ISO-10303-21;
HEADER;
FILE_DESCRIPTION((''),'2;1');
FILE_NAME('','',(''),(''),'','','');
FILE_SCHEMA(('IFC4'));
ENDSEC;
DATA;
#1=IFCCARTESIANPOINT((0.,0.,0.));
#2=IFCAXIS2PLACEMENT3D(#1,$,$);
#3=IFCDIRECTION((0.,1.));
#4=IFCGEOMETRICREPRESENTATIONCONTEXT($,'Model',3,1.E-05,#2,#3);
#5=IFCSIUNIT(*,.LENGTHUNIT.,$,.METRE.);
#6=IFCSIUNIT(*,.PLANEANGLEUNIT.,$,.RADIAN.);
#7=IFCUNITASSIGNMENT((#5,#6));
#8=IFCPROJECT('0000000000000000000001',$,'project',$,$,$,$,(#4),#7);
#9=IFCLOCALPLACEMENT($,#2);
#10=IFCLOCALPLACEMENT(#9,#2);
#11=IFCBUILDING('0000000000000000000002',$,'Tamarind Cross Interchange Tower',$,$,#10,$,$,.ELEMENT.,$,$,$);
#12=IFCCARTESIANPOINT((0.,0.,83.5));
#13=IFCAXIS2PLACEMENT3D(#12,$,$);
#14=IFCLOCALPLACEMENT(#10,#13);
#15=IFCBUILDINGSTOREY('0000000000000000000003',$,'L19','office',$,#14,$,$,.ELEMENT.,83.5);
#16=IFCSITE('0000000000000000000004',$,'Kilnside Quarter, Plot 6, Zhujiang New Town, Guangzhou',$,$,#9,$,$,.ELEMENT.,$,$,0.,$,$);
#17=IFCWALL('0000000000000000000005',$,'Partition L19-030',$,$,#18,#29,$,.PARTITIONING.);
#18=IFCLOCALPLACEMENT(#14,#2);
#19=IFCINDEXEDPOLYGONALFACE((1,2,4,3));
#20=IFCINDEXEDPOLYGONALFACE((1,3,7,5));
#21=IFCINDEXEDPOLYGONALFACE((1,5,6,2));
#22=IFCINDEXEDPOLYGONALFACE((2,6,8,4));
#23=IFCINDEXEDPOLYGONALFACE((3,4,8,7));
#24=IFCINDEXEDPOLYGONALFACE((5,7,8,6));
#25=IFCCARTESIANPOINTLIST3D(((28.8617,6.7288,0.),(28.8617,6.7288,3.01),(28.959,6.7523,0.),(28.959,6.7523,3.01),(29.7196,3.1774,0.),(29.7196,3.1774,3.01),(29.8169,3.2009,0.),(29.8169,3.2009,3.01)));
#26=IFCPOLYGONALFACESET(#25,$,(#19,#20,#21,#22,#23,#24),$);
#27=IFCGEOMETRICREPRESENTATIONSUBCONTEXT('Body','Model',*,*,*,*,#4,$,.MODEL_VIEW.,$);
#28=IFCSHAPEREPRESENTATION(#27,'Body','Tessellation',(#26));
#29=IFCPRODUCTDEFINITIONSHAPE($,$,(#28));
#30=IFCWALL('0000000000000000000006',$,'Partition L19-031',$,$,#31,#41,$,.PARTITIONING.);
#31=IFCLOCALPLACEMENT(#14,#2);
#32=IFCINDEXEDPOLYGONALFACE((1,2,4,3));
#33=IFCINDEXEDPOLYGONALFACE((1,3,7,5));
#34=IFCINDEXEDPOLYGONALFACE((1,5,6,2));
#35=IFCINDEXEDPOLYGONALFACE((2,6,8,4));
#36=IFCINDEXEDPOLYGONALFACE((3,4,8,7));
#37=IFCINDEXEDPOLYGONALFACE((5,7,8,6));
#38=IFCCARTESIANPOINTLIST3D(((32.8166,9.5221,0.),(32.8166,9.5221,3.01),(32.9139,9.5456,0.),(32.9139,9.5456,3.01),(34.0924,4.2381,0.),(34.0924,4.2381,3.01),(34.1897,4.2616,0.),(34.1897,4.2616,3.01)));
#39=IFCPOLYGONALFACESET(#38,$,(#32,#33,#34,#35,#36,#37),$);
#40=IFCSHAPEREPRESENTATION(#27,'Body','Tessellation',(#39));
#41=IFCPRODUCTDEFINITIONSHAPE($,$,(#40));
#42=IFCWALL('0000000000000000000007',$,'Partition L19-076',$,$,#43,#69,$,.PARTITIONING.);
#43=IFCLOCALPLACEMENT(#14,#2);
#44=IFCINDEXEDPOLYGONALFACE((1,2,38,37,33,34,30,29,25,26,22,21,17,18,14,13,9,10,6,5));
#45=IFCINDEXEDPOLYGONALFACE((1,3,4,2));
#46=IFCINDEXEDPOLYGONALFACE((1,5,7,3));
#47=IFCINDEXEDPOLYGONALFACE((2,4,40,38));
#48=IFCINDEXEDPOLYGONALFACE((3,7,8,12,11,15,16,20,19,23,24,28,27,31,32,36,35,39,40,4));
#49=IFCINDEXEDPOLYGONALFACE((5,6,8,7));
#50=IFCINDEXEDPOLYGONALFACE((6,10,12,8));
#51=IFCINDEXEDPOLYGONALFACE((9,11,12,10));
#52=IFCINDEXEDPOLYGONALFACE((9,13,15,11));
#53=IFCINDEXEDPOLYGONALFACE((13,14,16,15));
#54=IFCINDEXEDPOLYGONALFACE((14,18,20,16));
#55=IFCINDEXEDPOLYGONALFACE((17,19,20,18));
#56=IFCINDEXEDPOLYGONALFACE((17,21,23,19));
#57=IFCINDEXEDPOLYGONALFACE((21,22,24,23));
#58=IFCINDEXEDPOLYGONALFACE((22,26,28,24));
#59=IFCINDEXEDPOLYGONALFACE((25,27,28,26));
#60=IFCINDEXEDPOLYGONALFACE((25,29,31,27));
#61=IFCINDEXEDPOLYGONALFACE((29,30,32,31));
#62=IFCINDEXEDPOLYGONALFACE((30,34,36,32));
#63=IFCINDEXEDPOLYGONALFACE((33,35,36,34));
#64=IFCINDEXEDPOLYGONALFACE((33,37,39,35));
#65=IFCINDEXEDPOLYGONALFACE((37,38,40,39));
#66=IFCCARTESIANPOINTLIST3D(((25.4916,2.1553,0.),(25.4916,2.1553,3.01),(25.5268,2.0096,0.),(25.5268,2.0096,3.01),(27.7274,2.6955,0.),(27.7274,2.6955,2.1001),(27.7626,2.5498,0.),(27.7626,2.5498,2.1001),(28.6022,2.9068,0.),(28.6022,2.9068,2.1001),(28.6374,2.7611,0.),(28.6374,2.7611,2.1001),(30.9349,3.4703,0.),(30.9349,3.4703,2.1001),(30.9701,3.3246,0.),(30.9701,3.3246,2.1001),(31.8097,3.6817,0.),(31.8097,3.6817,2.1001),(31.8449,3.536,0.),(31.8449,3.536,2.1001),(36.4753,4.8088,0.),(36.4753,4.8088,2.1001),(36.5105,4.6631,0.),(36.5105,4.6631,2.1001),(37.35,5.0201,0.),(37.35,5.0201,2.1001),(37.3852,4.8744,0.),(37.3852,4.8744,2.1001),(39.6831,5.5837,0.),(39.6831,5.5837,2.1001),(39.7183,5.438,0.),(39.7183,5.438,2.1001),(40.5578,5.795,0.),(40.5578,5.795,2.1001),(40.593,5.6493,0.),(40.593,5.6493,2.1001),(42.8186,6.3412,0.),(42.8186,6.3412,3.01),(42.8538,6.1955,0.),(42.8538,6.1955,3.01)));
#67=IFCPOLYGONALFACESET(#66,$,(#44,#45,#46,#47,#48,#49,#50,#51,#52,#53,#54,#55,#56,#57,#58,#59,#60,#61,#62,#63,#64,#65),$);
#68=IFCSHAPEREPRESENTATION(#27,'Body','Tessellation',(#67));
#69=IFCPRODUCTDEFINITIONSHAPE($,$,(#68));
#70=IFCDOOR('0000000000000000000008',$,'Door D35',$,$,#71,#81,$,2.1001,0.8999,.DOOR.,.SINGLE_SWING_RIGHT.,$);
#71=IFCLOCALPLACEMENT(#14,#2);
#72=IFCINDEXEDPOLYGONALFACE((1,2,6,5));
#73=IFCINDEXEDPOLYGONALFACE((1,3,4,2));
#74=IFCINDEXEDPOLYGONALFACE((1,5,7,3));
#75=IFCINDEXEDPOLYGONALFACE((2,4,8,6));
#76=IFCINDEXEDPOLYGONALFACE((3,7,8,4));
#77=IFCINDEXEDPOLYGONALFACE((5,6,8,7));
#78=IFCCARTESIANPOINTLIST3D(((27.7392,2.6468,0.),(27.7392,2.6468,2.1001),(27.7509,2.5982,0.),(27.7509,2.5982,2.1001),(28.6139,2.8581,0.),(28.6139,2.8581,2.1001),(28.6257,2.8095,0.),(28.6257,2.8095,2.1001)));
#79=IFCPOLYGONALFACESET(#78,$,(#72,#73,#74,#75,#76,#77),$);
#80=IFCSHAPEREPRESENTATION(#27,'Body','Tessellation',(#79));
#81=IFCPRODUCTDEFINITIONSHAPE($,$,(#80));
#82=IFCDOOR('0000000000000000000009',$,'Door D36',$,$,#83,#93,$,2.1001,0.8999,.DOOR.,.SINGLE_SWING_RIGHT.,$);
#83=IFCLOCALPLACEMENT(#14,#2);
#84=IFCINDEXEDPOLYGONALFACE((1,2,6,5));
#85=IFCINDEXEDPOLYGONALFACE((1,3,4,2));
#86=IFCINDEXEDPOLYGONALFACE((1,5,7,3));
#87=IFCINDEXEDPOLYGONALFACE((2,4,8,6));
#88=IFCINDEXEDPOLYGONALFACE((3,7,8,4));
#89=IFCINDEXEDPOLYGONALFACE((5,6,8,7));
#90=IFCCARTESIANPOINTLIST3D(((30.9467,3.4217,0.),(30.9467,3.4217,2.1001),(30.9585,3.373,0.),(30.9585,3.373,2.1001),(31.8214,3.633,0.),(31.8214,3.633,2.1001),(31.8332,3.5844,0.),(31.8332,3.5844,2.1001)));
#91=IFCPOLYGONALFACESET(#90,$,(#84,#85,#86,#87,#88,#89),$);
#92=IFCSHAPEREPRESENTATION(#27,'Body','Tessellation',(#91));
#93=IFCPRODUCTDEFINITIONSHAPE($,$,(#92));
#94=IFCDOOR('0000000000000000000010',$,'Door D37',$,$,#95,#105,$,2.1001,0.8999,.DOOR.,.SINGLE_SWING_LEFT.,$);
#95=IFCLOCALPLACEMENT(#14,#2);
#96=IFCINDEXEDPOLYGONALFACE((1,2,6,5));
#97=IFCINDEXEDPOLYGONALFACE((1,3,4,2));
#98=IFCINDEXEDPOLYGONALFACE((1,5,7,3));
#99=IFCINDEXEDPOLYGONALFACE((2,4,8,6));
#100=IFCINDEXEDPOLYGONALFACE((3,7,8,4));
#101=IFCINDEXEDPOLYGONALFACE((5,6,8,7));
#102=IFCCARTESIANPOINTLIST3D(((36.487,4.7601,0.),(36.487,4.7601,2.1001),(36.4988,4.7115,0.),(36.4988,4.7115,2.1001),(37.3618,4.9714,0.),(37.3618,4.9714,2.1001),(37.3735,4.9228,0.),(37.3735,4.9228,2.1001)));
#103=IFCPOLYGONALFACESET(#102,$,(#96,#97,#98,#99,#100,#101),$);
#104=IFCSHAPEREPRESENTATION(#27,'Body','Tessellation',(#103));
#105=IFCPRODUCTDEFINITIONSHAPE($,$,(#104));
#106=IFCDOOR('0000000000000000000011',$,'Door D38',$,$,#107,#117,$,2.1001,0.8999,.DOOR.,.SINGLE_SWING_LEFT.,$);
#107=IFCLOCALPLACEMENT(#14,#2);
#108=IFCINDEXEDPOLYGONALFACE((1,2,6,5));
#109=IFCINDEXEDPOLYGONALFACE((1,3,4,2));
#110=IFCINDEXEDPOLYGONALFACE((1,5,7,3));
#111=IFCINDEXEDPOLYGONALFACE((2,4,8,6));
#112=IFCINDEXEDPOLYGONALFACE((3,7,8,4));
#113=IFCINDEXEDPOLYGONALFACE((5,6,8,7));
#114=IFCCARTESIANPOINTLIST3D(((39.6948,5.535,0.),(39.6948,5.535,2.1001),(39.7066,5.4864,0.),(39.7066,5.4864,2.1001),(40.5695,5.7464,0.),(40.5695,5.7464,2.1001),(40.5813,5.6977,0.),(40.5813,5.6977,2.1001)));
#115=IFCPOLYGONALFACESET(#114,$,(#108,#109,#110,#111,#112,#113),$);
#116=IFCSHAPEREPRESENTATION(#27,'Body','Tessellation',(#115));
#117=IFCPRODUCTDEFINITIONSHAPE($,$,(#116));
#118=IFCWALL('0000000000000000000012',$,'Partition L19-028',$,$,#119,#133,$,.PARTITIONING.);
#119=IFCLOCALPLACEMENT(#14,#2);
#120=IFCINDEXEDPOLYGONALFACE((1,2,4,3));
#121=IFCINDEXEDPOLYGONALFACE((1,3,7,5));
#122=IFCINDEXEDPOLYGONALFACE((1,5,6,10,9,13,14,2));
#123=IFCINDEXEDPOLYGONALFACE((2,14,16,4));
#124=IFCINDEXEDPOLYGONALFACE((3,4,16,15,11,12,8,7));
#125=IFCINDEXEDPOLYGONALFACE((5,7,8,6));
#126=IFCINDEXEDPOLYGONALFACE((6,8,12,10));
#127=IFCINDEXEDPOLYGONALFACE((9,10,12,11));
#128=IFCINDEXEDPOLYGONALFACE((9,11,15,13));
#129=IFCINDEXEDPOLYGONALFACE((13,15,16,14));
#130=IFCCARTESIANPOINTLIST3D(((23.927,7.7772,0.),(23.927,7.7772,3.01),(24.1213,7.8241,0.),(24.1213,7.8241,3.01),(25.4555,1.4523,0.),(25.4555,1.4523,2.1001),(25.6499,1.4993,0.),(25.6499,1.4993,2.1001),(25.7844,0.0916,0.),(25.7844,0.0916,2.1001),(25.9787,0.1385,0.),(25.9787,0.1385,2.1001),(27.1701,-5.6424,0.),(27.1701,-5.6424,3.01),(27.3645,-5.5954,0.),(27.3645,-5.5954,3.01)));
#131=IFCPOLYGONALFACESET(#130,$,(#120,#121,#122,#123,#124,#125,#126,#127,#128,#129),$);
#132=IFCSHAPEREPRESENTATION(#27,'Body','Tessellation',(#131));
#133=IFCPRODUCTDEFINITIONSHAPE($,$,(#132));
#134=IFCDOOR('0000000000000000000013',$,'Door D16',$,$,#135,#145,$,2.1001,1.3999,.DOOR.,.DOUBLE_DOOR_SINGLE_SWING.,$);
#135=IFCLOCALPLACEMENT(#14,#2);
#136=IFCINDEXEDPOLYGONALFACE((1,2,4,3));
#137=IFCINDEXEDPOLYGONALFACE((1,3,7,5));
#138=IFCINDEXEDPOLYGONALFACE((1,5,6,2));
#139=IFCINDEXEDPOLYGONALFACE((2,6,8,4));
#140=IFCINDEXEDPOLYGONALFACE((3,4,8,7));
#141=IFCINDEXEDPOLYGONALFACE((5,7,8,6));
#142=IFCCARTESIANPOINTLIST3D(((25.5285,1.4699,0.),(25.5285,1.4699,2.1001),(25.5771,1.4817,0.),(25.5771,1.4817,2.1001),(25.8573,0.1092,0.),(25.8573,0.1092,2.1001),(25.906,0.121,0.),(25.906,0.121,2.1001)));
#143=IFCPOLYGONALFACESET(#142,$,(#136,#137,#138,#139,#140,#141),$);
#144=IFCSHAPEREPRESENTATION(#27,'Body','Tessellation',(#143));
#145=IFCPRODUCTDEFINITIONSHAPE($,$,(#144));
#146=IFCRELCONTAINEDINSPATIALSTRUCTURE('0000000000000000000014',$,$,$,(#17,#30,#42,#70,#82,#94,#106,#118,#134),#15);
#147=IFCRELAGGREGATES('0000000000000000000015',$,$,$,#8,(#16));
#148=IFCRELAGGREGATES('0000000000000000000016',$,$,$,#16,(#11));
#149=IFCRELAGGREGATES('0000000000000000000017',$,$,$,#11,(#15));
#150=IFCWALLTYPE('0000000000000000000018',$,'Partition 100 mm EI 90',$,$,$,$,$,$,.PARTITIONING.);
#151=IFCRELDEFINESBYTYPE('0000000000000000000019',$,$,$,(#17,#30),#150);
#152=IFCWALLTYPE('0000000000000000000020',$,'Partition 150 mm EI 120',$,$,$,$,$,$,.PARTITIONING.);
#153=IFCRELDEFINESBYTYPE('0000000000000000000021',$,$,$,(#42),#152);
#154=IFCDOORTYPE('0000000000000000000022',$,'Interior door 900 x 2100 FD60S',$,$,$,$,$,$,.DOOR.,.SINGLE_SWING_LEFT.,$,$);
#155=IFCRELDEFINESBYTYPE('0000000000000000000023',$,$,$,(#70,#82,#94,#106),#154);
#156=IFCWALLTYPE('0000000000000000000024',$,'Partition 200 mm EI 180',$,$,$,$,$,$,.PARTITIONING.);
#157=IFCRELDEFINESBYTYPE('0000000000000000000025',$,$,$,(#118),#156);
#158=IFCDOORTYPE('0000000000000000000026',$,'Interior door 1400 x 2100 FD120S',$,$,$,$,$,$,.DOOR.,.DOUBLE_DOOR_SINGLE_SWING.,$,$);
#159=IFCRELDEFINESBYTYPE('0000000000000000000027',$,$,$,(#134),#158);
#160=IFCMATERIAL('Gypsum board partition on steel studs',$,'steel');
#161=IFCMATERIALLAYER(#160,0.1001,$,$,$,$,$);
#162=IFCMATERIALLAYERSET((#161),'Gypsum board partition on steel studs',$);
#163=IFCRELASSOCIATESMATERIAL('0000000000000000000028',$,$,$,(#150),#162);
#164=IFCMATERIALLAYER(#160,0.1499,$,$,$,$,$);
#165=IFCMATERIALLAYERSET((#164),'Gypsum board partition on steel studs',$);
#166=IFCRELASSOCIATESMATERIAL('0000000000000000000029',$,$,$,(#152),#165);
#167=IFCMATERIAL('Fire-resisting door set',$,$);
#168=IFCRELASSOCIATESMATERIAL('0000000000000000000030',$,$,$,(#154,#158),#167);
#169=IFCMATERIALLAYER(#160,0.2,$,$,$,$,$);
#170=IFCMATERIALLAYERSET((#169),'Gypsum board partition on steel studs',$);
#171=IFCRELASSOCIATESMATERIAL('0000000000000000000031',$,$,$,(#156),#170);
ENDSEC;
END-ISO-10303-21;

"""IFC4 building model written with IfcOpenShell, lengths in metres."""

from ifc_helpers import new_model, si_unit, direction, frame, frame_2d, origin, place, context, subcontext, project, spatial, rectangle, extrude, material, layer, layer_set, type_object, element, fill, save


model = new_model("IFC4")

# Units and contexts
model_context = context("Model", 3, precision=1e-05, world=origin(), true_north=direction((0.0, 1.0)))
body_context = subcontext(model_context, "Body", "Model", "MODEL_VIEW")
ifc_project = project(units=[si_unit("LENGTHUNIT", "METRE"), si_unit("PLANEANGLEUNIT", "RADIAN")], contexts=[model_context])

# Site, building, storey
site_placement = place(None, origin())
site = spatial("IfcSite", under=ifc_project, at=site_placement, Name="Kilnside Quarter, Plot 6, Zhujiang New Town, Guangzhou", CompositionType="ELEMENT", RefElevation=0.0)
building_placement = place(site_placement, origin())
building = spatial("IfcBuilding", under=site, at=building_placement, Name="Tamarind Cross Interchange Tower", CompositionType="ELEMENT")
storey_placement = place(building_placement, frame((0.0, 0.0, 83.5)))
storey = spatial("IfcBuildingStorey", under=building, at=storey_placement, Name="L19", Description="office", CompositionType="ELEMENT", Elevation=83.5)

# Walls
ifc_material_1 = material(Name="Gypsum board partition on steel studs", Category="steel")
ifc_layer_1 = layer(ifc_material_1, 0.1001)
ifc_layer_set_1 = layer_set([ifc_layer_1], Name="Gypsum board partition on steel studs")
wall_type_1 = type_object("IfcWallType", Name="Partition 100 mm EI 90", PredefinedType="PARTITIONING", material=ifc_layer_set_1)
wall_1_placement = place(storey_placement, frame((28.9104, 6.7405, 0.0), z_axis=(0.0, 0.0, 1.0), x_axis=(0.234808, -0.972042, 0.0)))
element("IfcWall", 1, at=wall_1_placement, inside=storey, type_object=wall_type_1, Name="Partition L19-030", PredefinedType="PARTITIONING", context=body_context, shape_type="SweptSolid", body=[
    extrude(rectangle(XDim=3.6536, YDim=0.1001, at=frame_2d((1.8267, 0.0))), origin(), (0.0, 0.0, 1.0), 3.01),
])
wall_2_placement = place(storey_placement, frame((32.8652, 9.5337, 0.0), z_axis=(0.0, 0.0, 1.0), x_axis=(0.234718, -0.972063, 0.0)))
element("IfcWall", 2, at=wall_2_placement, inside=storey, type_object=wall_type_1, Name="Partition L19-031", PredefinedType="PARTITIONING", context=body_context, shape_type="SweptSolid", body=[
    extrude(rectangle(XDim=5.4358, YDim=0.1001, at=frame_2d((2.7178, 0.0))), origin(), (0.0, 0.0, 1.0), 3.01),
])

# Wall, openings, doors
ifc_layer_2 = layer(ifc_material_1, 0.1499)
ifc_layer_set_2 = layer_set([ifc_layer_2], Name="Gypsum board partition on steel studs")
wall_type_2 = type_object("IfcWallType", Name="Partition 150 mm EI 120", PredefinedType="PARTITIONING", material=ifc_layer_set_2)
wall_3_placement = place(storey_placement, frame((25.5093, 2.0825, 0.0), z_axis=(0.0, 0.0, 1.0), x_axis=(0.972038, 0.234823, 0.0)))
wall_3 = element("IfcWall", 3, at=wall_3_placement, inside=storey, type_object=wall_type_2, Name="Partition L19-076", PredefinedType="PARTITIONING", context=body_context, shape_type="SweptSolid", body=[
    extrude(rectangle(XDim=17.8254, YDim=0.1499, at=frame_2d((8.9126, 0.0))), origin(), (0.0, 0.0, 1.0), 3.01),
])
opening_1_placement = place(wall_3_placement, frame((2.3, 0.0, 0.0)))
opening_1 = element("IfcOpeningElement", 4, at=opening_1_placement, cuts=wall_3, PredefinedType="OPENING", context=body_context, shape_type="SweptSolid", body=[
    extrude(rectangle(XDim=0.8999, YDim=2.1001, at=frame_2d((0.45, 1.05))), frame((0.0, 0.085, 0.0), z_axis=(0.0, -1.0, 0.0), x_axis=(1.0, 0.0, 0.0)), (0.0, 0.0, 1.0), 0.1699),
])
opening_2_placement = place(wall_3_placement, frame((5.5999, 0.0, 0.0)))
opening_2 = element("IfcOpeningElement", 5, at=opening_2_placement, cuts=wall_3, PredefinedType="OPENING", context=body_context, shape_type="SweptSolid", body=[
    extrude(rectangle(XDim=0.8999, YDim=2.1001, at=frame_2d((0.45, 1.05))), frame((0.0, 0.085, 0.0), z_axis=(0.0, -1.0, 0.0), x_axis=(1.0, 0.0, 0.0)), (0.0, 0.0, 1.0), 0.1699),
])
opening_3_placement = place(wall_3_placement, frame((11.2996, 0.0, 0.0)))
opening_3 = element("IfcOpeningElement", 6, at=opening_3_placement, cuts=wall_3, PredefinedType="OPENING", context=body_context, shape_type="SweptSolid", body=[
    extrude(rectangle(XDim=0.8999, YDim=2.1001, at=frame_2d((0.45, 1.05))), frame((0.0, 0.085, 0.0), z_axis=(0.0, -1.0, 0.0), x_axis=(1.0, 0.0, 0.0)), (0.0, 0.0, 1.0), 0.1699),
])
opening_4_placement = place(wall_3_placement, frame((14.5996, 0.0, 0.0)))
opening_4 = element("IfcOpeningElement", 7, at=opening_4_placement, cuts=wall_3, PredefinedType="OPENING", context=body_context, shape_type="SweptSolid", body=[
    extrude(rectangle(XDim=0.8999, YDim=2.1001, at=frame_2d((0.45, 1.05))), frame((0.0, 0.085, 0.0), z_axis=(0.0, -1.0, 0.0), x_axis=(1.0, 0.0, 0.0)), (0.0, 0.0, 1.0), 0.1699),
])
ifc_material_2 = material(Name="Fire-resisting door set")
door_type_1 = type_object("IfcDoorType", Name="Interior door 900 x 2100 FD60S", OperationType="SINGLE_SWING_LEFT", PredefinedType="DOOR", material=ifc_material_2)
door_1_placement = place(opening_1_placement, origin())
door_1 = element("IfcDoor", 8, at=door_1_placement, inside=storey, type_object=door_type_1, Name="Door D35", OperationType="SINGLE_SWING_RIGHT", OverallHeight=2.1001, OverallWidth=0.8999, PredefinedType="DOOR", context=body_context, shape_type="SweptSolid", body=[
    extrude(rectangle(XDim=0.8999, YDim=2.1001, at=frame_2d((0.45, 1.05))), frame((0.0, 0.0249, 0.0), z_axis=(0.0, -1.0, 0.0), x_axis=(1.0, 0.0, 0.0)), (0.0, 0.0, 1.0), 0.05),
])
fill(opening_1, door_1)
door_2_placement = place(opening_2_placement, origin())
door_2 = element("IfcDoor", 9, at=door_2_placement, inside=storey, type_object=door_type_1, Name="Door D36", OperationType="SINGLE_SWING_RIGHT", OverallHeight=2.1001, OverallWidth=0.8999, PredefinedType="DOOR", context=body_context, shape_type="SweptSolid", body=[
    extrude(rectangle(XDim=0.8999, YDim=2.1001, at=frame_2d((0.45, 1.05))), frame((0.0, 0.0249, 0.0), z_axis=(0.0, -1.0, 0.0), x_axis=(1.0, 0.0, 0.0)), (0.0, 0.0, 1.0), 0.05),
])
fill(opening_2, door_2)
door_3_placement = place(opening_3_placement, origin())
door_3 = element("IfcDoor", 10, at=door_3_placement, inside=storey, type_object=door_type_1, Name="Door D37", OperationType="SINGLE_SWING_LEFT", OverallHeight=2.1001, OverallWidth=0.8999, PredefinedType="DOOR", context=body_context, shape_type="SweptSolid", body=[
    extrude(rectangle(XDim=0.8999, YDim=2.1001, at=frame_2d((0.45, 1.05))), frame((0.0, 0.0249, 0.0), z_axis=(0.0, -1.0, 0.0), x_axis=(1.0, 0.0, 0.0)), (0.0, 0.0, 1.0), 0.05),
])
fill(opening_3, door_3)
door_4_placement = place(opening_4_placement, origin())
door_4 = element("IfcDoor", 11, at=door_4_placement, inside=storey, type_object=door_type_1, Name="Door D38", OperationType="SINGLE_SWING_LEFT", OverallHeight=2.1001, OverallWidth=0.8999, PredefinedType="DOOR", context=body_context, shape_type="SweptSolid", body=[
    extrude(rectangle(XDim=0.8999, YDim=2.1001, at=frame_2d((0.45, 1.05))), frame((0.0, 0.0249, 0.0), z_axis=(0.0, -1.0, 0.0), x_axis=(1.0, 0.0, 0.0)), (0.0, 0.0, 1.0), 0.05),
])
fill(opening_4, door_4)

# Wall, opening, door
ifc_layer_3 = layer(ifc_material_1, 0.2)
ifc_layer_set_3 = layer_set([ifc_layer_3], Name="Gypsum board partition on steel studs")
wall_type_3 = type_object("IfcWallType", Name="Partition 200 mm EI 180", PredefinedType="PARTITIONING", material=ifc_layer_set_3)
wall_4_placement = place(storey_placement, frame((24.0242, 7.8005, 0.0), z_axis=(0.0, 0.0, 1.0), x_axis=(0.23491, -0.972017, 0.0)))
wall_4 = element("IfcWall", 12, at=wall_4_placement, inside=storey, type_object=wall_type_3, Name="Partition L19-028", PredefinedType="PARTITIONING", context=body_context, shape_type="SweptSolid", body=[
    extrude(rectangle(XDim=13.8059, YDim=0.2, at=frame_2d((6.9028, 0.0))), origin(), (0.0, 0.0, 1.0), 3.01),
])
opening_5_placement = place(wall_4_placement, frame((6.5068, 0.0, 0.0)))
opening_5 = element("IfcOpeningElement", 13, at=opening_5_placement, cuts=wall_4, PredefinedType="OPENING", context=body_context, shape_type="SweptSolid", body=[
    extrude(rectangle(XDim=1.3999, YDim=2.1001, at=frame_2d((0.7, 1.05))), frame((0.0, 0.1099, 0.0), z_axis=(0.0, -1.0, 0.0), x_axis=(1.0, 0.0, 0.0)), (0.0, 0.0, 1.0), 0.22),
])
door_type_2 = type_object("IfcDoorType", Name="Interior door 1400 x 2100 FD120S", OperationType="DOUBLE_DOOR_SINGLE_SWING", PredefinedType="DOOR", material=ifc_material_2)
door_5_placement = place(opening_5_placement, frame((1.3999, 0.0, 0.0), z_axis=(0.0, 0.0, 1.0), x_axis=(-1.0, 0.0, 0.0)))
door_5 = element("IfcDoor", 14, at=door_5_placement, inside=storey, type_object=door_type_2, Name="Door D16", OperationType="DOUBLE_DOOR_SINGLE_SWING", OverallHeight=2.1001, OverallWidth=1.3999, PredefinedType="DOOR", context=body_context, shape_type="SweptSolid", body=[
    extrude(rectangle(XDim=1.3999, YDim=2.1001, at=frame_2d((0.7, 1.05))), frame((0.0, 0.0249, 0.0), z_axis=(0.0, -1.0, 0.0), x_axis=(1.0, 0.0, 0.0)), (0.0, 0.0, 1.0), 0.05),
])
fill(opening_5, door_5)

save(model, "model.ifc")
